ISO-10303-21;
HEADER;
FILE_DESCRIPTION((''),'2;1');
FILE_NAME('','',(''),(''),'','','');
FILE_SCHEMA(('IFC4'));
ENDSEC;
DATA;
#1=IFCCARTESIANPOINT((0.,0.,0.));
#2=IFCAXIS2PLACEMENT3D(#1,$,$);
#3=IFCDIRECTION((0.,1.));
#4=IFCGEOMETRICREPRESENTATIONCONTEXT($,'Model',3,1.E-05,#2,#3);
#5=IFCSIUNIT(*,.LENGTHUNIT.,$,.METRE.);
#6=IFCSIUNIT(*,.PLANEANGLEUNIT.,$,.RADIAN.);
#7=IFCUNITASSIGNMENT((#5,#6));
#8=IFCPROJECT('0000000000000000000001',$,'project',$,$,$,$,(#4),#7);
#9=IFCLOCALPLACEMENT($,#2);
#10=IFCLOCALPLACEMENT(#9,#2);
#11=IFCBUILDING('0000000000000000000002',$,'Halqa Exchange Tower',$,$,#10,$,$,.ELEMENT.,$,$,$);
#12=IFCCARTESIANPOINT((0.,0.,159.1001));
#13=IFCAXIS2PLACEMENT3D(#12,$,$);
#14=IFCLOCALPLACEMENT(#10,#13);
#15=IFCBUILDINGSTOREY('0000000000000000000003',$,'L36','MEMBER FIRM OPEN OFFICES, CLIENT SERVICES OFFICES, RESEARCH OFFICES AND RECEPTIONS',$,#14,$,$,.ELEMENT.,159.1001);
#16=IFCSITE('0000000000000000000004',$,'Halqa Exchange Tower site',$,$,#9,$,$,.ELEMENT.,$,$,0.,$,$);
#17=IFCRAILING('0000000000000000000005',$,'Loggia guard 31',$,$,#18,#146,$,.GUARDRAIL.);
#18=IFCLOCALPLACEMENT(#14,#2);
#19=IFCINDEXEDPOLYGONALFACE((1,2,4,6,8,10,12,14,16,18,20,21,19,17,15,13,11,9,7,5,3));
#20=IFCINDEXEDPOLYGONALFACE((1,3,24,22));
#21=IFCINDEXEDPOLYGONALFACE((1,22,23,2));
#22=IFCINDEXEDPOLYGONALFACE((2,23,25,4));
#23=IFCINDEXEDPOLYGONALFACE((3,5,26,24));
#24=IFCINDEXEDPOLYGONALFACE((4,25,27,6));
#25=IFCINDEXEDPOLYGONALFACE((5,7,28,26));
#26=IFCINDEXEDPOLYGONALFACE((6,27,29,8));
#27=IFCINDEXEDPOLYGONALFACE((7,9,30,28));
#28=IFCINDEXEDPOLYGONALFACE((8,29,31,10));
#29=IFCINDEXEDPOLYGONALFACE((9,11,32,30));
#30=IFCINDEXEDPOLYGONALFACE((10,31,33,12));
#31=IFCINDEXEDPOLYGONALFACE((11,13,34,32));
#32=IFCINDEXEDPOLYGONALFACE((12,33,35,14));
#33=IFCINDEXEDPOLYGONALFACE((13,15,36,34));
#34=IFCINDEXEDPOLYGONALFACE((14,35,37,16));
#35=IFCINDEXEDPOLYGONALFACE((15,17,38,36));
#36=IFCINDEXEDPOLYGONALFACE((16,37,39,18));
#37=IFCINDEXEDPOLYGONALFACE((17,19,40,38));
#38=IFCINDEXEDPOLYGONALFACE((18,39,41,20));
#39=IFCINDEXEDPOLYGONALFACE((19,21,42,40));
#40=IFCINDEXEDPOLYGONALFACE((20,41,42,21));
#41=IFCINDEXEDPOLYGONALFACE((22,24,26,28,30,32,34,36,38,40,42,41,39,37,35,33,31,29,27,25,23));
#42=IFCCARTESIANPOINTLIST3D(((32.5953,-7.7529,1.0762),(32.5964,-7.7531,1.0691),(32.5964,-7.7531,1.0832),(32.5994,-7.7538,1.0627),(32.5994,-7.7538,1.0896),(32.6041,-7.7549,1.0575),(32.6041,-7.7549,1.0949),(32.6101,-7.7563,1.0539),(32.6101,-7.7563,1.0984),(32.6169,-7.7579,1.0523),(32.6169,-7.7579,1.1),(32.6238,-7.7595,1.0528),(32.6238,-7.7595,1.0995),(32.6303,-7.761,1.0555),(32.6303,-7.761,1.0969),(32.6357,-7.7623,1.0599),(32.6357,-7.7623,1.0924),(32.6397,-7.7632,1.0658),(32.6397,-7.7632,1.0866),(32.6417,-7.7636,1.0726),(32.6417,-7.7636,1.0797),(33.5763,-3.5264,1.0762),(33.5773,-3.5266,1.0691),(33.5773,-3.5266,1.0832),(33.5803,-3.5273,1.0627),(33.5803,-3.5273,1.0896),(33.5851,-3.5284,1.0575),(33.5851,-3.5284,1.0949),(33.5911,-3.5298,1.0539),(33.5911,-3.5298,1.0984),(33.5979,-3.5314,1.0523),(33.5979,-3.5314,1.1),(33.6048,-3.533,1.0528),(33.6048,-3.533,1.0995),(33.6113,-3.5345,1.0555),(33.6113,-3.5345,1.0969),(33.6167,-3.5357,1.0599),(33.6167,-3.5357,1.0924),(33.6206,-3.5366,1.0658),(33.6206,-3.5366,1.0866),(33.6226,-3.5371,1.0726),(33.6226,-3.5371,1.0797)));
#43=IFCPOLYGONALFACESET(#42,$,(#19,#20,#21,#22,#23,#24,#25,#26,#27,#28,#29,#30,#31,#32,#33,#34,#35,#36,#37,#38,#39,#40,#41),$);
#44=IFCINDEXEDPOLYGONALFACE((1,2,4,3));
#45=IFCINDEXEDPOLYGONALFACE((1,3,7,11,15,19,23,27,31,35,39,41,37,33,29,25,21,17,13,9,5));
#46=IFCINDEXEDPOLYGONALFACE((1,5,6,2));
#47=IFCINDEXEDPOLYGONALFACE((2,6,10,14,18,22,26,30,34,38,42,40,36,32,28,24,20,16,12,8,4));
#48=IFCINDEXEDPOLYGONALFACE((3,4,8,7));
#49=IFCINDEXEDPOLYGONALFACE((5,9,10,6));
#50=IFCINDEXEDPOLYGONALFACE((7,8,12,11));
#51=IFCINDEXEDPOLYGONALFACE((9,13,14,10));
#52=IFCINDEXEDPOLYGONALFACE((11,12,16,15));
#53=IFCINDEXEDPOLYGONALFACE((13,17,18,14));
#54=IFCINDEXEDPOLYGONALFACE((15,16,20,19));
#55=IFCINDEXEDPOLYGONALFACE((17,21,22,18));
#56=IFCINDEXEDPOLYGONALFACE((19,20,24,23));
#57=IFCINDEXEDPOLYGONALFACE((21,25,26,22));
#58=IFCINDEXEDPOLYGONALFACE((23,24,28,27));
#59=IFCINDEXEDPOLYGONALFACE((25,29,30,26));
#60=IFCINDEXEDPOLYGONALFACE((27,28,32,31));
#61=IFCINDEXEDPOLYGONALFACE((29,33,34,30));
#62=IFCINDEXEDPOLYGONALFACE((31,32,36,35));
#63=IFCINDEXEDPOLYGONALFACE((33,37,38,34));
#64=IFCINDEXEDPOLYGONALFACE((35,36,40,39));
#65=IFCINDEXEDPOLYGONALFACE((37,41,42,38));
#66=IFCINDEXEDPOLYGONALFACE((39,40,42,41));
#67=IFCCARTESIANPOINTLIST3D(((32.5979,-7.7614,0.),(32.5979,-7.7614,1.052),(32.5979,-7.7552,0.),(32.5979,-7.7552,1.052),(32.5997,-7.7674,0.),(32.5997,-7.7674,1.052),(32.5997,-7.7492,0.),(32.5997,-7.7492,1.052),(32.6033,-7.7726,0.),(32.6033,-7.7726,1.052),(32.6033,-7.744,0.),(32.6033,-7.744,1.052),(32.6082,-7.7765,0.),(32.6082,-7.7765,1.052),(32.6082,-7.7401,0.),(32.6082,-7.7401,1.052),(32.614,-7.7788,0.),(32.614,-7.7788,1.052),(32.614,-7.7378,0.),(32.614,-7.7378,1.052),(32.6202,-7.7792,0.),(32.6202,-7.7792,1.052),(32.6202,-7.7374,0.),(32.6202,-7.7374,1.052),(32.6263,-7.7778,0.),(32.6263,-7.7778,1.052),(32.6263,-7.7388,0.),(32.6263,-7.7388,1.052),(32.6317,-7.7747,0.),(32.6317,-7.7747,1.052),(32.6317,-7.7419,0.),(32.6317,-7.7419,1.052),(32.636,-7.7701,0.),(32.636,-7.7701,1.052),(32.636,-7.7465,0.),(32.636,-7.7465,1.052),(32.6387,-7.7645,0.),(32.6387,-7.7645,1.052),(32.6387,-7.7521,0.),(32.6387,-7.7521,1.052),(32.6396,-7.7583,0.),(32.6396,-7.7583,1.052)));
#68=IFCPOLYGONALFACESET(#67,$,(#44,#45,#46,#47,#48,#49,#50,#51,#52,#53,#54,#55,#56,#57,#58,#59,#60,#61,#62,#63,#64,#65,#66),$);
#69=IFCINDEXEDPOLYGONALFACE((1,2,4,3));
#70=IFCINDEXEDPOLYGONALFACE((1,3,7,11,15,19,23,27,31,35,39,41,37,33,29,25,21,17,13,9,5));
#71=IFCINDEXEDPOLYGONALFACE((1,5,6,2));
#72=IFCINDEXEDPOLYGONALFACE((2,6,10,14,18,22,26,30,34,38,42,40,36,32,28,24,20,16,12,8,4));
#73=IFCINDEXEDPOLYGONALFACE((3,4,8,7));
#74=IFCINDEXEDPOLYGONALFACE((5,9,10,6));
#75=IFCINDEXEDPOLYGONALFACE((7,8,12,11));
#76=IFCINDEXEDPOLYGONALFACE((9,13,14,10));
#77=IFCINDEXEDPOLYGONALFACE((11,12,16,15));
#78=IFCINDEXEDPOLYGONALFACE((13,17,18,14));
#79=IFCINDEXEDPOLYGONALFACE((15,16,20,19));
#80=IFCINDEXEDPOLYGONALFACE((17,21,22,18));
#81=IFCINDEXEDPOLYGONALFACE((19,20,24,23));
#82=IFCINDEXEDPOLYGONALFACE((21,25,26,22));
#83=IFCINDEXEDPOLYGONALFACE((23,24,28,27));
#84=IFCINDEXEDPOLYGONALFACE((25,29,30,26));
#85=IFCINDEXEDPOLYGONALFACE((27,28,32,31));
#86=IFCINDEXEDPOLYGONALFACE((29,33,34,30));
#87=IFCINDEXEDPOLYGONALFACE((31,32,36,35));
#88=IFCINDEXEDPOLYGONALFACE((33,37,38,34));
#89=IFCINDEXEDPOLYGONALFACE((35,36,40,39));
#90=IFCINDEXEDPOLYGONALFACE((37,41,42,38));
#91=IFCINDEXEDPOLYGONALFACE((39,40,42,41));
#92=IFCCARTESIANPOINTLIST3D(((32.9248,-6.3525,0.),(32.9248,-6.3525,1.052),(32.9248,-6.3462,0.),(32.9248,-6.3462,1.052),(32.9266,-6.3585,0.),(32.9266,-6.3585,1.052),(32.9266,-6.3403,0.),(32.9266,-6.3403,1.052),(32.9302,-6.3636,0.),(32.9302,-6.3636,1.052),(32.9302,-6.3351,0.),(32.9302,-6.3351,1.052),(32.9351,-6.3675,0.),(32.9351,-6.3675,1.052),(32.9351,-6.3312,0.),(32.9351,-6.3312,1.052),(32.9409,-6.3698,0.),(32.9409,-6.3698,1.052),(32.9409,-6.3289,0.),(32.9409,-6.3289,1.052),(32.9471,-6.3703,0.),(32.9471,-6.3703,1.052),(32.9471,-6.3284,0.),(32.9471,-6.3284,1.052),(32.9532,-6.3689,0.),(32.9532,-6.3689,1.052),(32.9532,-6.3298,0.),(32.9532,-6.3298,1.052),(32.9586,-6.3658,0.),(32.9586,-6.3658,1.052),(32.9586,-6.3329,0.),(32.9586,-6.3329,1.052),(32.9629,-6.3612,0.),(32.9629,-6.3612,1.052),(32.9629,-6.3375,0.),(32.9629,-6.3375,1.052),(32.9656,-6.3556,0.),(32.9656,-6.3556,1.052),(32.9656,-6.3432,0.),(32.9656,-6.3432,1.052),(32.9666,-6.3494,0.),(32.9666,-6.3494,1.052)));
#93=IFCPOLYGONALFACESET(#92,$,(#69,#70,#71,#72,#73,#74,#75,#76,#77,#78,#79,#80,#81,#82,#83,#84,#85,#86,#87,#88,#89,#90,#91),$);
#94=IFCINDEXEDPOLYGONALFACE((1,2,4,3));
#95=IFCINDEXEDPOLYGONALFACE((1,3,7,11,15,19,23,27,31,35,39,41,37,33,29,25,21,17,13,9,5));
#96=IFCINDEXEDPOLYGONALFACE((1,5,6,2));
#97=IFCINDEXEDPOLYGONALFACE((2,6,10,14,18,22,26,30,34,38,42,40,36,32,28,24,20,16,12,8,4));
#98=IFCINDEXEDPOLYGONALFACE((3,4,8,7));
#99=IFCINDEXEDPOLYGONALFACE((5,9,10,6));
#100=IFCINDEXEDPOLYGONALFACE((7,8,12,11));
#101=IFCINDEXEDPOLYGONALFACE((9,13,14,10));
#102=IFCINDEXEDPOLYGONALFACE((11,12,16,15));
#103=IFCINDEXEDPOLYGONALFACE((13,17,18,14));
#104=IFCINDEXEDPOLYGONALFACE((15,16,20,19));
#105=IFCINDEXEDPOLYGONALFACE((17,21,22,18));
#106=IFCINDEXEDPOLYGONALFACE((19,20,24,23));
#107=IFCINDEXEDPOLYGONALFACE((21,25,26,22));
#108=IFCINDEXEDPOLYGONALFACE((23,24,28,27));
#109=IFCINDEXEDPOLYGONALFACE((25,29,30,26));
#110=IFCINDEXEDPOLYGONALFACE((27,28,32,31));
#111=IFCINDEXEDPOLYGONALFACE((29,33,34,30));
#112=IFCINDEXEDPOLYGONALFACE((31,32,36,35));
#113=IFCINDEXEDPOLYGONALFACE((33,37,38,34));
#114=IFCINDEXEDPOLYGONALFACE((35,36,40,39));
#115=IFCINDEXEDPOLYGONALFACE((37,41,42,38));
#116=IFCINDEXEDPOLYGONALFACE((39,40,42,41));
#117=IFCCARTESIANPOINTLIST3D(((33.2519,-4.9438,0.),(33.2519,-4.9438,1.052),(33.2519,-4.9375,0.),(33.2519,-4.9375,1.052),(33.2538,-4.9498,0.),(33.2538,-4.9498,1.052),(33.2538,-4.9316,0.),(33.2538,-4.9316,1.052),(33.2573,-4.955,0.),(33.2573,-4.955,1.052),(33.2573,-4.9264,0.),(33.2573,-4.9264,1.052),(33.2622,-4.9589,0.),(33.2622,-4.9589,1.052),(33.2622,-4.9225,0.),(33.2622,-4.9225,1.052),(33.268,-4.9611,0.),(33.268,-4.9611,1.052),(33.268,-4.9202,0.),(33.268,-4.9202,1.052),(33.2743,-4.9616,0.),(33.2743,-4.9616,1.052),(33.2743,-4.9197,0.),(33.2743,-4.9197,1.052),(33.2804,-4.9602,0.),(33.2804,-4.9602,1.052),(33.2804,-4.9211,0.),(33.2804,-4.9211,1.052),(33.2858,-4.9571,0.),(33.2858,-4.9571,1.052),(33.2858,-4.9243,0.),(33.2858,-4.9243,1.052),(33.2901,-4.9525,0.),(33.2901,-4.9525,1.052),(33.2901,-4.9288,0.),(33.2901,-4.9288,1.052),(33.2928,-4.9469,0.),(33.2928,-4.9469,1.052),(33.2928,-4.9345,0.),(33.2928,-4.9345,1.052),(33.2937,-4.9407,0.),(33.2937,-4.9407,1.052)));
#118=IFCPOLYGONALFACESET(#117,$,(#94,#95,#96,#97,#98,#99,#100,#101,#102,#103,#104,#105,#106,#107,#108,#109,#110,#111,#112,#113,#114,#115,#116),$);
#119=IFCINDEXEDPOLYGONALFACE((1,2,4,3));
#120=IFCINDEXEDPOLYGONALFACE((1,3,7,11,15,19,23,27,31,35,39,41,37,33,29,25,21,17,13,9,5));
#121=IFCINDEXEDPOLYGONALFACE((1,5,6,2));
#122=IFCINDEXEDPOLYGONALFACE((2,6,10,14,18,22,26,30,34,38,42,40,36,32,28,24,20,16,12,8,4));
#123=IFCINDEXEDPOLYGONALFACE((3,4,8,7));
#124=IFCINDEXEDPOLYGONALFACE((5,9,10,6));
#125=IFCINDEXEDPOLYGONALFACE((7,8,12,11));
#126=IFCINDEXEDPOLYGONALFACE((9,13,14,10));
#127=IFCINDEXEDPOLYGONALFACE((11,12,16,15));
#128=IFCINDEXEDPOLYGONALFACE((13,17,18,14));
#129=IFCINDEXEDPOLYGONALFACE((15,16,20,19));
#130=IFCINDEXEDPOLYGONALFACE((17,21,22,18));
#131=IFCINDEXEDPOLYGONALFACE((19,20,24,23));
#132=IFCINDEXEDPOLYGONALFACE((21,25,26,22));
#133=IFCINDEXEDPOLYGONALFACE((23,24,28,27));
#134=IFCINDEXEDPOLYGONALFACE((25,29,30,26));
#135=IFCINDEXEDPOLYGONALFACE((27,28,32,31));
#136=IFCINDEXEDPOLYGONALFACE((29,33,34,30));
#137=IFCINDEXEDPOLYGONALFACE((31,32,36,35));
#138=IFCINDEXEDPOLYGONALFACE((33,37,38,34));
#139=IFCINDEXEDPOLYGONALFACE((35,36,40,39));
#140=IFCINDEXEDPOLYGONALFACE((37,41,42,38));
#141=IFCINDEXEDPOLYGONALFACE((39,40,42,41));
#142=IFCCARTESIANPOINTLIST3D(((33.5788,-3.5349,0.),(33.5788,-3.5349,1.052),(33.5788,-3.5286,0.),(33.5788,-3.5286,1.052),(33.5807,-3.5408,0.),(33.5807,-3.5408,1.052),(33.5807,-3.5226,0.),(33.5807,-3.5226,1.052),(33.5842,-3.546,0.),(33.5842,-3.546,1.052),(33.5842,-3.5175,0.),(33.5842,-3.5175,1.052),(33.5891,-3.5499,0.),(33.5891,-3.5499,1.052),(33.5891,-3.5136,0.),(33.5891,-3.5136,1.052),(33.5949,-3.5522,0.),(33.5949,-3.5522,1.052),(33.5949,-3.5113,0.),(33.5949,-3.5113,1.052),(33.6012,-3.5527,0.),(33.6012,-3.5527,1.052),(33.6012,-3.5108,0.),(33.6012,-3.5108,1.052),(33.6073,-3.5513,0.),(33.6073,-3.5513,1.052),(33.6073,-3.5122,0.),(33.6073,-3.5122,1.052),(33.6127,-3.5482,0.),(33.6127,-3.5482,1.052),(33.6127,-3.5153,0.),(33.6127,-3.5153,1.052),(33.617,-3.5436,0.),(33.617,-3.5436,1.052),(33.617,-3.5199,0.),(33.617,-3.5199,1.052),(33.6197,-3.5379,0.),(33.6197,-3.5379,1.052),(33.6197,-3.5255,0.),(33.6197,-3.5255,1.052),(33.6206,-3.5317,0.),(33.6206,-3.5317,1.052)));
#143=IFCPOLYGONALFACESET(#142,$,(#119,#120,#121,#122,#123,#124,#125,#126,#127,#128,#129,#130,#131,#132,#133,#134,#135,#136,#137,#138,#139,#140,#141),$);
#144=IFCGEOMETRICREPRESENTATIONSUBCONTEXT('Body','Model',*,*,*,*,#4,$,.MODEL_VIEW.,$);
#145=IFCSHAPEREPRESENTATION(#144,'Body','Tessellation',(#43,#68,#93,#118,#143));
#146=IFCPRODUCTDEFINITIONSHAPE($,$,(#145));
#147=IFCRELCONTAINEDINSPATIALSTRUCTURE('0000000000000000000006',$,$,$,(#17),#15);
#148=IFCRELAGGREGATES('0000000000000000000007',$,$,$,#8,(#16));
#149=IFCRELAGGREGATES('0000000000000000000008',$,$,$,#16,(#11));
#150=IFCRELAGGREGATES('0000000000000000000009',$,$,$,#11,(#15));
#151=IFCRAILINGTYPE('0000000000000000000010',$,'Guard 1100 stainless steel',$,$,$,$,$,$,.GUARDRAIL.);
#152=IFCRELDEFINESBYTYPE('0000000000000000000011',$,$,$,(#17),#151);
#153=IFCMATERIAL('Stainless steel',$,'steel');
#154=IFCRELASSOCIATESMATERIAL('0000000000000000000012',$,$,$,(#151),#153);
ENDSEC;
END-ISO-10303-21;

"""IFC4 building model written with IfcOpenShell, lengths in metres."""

from ifc_helpers import new_model, si_unit, direction, frame, origin, origin_2d, place, context, subcontext, project, spatial, circle, extrude, material, type_object, element, save


model = new_model("IFC4")

# Units and contexts
model_context = context("Model", 3, precision=1e-05, world=origin(), true_north=direction((0.0, 1.0)))
body_context = subcontext(model_context, "Body", "Model", "MODEL_VIEW")
ifc_project = project(units=[si_unit("LENGTHUNIT", "METRE"), si_unit("PLANEANGLEUNIT", "RADIAN")], contexts=[model_context])

# Site, building, storey
site_placement = place(None, origin())
site = spatial("IfcSite", under=ifc_project, at=site_placement, Name="Halqa Exchange Tower site", CompositionType="ELEMENT", RefElevation=0.0)
building_placement = place(site_placement, origin())
building = spatial("IfcBuilding", under=site, at=building_placement, Name="Halqa Exchange Tower", CompositionType="ELEMENT")
storey_placement = place(building_placement, frame((0.0, 0.0, 159.1001)))
storey = spatial("IfcBuildingStorey", under=building, at=storey_placement, Name="L36", Description="MEMBER FIRM OPEN OFFICES, CLIENT SERVICES OFFICES, RESEARCH OFFICES AND RECEPTIONS", CompositionType="ELEMENT", Elevation=159.1001)

# Railing
ifc_material_1 = material(Name="Stainless steel", Category="steel")
railing_type = type_object("IfcRailingType", Name="Guard 1100 stainless steel", PredefinedType="GUARDRAIL", material=ifc_material_1)
railing_1_placement = place(storey_placement, frame((32.6187, -7.7583, 0.0)))
element("IfcRailing", 1, at=railing_1_placement, inside=storey, type_object=railing_type, Name="Loggia guard 31", PredefinedType="GUARDRAIL", context=body_context, shape_type="SweptSolid", body=[
    extrude(circle(Radius=0.0239, at=origin_2d()), frame((0.0, 0.0, 1.0762), z_axis=(0.226084, 0.974108, 0.0), x_axis=(-0.974108, 0.226084, 0.0)), (0.0, 0.0, 1.0), 4.3389),
    extrude(circle(Radius=0.021, at=origin_2d()), origin(), (0.0, 0.0, 1.0), 1.052),
    extrude(circle(Radius=0.021, at=origin_2d()), frame((0.3269, 1.4089, 0.0)), (0.0, 0.0, 1.0), 1.052),
    extrude(circle(Radius=0.021, at=origin_2d()), frame((0.6541, 2.8176, 0.0)), (0.0, 0.0, 1.0), 1.052),
    extrude(circle(Radius=0.021, at=origin_2d()), frame((0.981, 4.2266, 0.0)), (0.0, 0.0, 1.0), 1.052),
])

save(model, "model.ifc")
